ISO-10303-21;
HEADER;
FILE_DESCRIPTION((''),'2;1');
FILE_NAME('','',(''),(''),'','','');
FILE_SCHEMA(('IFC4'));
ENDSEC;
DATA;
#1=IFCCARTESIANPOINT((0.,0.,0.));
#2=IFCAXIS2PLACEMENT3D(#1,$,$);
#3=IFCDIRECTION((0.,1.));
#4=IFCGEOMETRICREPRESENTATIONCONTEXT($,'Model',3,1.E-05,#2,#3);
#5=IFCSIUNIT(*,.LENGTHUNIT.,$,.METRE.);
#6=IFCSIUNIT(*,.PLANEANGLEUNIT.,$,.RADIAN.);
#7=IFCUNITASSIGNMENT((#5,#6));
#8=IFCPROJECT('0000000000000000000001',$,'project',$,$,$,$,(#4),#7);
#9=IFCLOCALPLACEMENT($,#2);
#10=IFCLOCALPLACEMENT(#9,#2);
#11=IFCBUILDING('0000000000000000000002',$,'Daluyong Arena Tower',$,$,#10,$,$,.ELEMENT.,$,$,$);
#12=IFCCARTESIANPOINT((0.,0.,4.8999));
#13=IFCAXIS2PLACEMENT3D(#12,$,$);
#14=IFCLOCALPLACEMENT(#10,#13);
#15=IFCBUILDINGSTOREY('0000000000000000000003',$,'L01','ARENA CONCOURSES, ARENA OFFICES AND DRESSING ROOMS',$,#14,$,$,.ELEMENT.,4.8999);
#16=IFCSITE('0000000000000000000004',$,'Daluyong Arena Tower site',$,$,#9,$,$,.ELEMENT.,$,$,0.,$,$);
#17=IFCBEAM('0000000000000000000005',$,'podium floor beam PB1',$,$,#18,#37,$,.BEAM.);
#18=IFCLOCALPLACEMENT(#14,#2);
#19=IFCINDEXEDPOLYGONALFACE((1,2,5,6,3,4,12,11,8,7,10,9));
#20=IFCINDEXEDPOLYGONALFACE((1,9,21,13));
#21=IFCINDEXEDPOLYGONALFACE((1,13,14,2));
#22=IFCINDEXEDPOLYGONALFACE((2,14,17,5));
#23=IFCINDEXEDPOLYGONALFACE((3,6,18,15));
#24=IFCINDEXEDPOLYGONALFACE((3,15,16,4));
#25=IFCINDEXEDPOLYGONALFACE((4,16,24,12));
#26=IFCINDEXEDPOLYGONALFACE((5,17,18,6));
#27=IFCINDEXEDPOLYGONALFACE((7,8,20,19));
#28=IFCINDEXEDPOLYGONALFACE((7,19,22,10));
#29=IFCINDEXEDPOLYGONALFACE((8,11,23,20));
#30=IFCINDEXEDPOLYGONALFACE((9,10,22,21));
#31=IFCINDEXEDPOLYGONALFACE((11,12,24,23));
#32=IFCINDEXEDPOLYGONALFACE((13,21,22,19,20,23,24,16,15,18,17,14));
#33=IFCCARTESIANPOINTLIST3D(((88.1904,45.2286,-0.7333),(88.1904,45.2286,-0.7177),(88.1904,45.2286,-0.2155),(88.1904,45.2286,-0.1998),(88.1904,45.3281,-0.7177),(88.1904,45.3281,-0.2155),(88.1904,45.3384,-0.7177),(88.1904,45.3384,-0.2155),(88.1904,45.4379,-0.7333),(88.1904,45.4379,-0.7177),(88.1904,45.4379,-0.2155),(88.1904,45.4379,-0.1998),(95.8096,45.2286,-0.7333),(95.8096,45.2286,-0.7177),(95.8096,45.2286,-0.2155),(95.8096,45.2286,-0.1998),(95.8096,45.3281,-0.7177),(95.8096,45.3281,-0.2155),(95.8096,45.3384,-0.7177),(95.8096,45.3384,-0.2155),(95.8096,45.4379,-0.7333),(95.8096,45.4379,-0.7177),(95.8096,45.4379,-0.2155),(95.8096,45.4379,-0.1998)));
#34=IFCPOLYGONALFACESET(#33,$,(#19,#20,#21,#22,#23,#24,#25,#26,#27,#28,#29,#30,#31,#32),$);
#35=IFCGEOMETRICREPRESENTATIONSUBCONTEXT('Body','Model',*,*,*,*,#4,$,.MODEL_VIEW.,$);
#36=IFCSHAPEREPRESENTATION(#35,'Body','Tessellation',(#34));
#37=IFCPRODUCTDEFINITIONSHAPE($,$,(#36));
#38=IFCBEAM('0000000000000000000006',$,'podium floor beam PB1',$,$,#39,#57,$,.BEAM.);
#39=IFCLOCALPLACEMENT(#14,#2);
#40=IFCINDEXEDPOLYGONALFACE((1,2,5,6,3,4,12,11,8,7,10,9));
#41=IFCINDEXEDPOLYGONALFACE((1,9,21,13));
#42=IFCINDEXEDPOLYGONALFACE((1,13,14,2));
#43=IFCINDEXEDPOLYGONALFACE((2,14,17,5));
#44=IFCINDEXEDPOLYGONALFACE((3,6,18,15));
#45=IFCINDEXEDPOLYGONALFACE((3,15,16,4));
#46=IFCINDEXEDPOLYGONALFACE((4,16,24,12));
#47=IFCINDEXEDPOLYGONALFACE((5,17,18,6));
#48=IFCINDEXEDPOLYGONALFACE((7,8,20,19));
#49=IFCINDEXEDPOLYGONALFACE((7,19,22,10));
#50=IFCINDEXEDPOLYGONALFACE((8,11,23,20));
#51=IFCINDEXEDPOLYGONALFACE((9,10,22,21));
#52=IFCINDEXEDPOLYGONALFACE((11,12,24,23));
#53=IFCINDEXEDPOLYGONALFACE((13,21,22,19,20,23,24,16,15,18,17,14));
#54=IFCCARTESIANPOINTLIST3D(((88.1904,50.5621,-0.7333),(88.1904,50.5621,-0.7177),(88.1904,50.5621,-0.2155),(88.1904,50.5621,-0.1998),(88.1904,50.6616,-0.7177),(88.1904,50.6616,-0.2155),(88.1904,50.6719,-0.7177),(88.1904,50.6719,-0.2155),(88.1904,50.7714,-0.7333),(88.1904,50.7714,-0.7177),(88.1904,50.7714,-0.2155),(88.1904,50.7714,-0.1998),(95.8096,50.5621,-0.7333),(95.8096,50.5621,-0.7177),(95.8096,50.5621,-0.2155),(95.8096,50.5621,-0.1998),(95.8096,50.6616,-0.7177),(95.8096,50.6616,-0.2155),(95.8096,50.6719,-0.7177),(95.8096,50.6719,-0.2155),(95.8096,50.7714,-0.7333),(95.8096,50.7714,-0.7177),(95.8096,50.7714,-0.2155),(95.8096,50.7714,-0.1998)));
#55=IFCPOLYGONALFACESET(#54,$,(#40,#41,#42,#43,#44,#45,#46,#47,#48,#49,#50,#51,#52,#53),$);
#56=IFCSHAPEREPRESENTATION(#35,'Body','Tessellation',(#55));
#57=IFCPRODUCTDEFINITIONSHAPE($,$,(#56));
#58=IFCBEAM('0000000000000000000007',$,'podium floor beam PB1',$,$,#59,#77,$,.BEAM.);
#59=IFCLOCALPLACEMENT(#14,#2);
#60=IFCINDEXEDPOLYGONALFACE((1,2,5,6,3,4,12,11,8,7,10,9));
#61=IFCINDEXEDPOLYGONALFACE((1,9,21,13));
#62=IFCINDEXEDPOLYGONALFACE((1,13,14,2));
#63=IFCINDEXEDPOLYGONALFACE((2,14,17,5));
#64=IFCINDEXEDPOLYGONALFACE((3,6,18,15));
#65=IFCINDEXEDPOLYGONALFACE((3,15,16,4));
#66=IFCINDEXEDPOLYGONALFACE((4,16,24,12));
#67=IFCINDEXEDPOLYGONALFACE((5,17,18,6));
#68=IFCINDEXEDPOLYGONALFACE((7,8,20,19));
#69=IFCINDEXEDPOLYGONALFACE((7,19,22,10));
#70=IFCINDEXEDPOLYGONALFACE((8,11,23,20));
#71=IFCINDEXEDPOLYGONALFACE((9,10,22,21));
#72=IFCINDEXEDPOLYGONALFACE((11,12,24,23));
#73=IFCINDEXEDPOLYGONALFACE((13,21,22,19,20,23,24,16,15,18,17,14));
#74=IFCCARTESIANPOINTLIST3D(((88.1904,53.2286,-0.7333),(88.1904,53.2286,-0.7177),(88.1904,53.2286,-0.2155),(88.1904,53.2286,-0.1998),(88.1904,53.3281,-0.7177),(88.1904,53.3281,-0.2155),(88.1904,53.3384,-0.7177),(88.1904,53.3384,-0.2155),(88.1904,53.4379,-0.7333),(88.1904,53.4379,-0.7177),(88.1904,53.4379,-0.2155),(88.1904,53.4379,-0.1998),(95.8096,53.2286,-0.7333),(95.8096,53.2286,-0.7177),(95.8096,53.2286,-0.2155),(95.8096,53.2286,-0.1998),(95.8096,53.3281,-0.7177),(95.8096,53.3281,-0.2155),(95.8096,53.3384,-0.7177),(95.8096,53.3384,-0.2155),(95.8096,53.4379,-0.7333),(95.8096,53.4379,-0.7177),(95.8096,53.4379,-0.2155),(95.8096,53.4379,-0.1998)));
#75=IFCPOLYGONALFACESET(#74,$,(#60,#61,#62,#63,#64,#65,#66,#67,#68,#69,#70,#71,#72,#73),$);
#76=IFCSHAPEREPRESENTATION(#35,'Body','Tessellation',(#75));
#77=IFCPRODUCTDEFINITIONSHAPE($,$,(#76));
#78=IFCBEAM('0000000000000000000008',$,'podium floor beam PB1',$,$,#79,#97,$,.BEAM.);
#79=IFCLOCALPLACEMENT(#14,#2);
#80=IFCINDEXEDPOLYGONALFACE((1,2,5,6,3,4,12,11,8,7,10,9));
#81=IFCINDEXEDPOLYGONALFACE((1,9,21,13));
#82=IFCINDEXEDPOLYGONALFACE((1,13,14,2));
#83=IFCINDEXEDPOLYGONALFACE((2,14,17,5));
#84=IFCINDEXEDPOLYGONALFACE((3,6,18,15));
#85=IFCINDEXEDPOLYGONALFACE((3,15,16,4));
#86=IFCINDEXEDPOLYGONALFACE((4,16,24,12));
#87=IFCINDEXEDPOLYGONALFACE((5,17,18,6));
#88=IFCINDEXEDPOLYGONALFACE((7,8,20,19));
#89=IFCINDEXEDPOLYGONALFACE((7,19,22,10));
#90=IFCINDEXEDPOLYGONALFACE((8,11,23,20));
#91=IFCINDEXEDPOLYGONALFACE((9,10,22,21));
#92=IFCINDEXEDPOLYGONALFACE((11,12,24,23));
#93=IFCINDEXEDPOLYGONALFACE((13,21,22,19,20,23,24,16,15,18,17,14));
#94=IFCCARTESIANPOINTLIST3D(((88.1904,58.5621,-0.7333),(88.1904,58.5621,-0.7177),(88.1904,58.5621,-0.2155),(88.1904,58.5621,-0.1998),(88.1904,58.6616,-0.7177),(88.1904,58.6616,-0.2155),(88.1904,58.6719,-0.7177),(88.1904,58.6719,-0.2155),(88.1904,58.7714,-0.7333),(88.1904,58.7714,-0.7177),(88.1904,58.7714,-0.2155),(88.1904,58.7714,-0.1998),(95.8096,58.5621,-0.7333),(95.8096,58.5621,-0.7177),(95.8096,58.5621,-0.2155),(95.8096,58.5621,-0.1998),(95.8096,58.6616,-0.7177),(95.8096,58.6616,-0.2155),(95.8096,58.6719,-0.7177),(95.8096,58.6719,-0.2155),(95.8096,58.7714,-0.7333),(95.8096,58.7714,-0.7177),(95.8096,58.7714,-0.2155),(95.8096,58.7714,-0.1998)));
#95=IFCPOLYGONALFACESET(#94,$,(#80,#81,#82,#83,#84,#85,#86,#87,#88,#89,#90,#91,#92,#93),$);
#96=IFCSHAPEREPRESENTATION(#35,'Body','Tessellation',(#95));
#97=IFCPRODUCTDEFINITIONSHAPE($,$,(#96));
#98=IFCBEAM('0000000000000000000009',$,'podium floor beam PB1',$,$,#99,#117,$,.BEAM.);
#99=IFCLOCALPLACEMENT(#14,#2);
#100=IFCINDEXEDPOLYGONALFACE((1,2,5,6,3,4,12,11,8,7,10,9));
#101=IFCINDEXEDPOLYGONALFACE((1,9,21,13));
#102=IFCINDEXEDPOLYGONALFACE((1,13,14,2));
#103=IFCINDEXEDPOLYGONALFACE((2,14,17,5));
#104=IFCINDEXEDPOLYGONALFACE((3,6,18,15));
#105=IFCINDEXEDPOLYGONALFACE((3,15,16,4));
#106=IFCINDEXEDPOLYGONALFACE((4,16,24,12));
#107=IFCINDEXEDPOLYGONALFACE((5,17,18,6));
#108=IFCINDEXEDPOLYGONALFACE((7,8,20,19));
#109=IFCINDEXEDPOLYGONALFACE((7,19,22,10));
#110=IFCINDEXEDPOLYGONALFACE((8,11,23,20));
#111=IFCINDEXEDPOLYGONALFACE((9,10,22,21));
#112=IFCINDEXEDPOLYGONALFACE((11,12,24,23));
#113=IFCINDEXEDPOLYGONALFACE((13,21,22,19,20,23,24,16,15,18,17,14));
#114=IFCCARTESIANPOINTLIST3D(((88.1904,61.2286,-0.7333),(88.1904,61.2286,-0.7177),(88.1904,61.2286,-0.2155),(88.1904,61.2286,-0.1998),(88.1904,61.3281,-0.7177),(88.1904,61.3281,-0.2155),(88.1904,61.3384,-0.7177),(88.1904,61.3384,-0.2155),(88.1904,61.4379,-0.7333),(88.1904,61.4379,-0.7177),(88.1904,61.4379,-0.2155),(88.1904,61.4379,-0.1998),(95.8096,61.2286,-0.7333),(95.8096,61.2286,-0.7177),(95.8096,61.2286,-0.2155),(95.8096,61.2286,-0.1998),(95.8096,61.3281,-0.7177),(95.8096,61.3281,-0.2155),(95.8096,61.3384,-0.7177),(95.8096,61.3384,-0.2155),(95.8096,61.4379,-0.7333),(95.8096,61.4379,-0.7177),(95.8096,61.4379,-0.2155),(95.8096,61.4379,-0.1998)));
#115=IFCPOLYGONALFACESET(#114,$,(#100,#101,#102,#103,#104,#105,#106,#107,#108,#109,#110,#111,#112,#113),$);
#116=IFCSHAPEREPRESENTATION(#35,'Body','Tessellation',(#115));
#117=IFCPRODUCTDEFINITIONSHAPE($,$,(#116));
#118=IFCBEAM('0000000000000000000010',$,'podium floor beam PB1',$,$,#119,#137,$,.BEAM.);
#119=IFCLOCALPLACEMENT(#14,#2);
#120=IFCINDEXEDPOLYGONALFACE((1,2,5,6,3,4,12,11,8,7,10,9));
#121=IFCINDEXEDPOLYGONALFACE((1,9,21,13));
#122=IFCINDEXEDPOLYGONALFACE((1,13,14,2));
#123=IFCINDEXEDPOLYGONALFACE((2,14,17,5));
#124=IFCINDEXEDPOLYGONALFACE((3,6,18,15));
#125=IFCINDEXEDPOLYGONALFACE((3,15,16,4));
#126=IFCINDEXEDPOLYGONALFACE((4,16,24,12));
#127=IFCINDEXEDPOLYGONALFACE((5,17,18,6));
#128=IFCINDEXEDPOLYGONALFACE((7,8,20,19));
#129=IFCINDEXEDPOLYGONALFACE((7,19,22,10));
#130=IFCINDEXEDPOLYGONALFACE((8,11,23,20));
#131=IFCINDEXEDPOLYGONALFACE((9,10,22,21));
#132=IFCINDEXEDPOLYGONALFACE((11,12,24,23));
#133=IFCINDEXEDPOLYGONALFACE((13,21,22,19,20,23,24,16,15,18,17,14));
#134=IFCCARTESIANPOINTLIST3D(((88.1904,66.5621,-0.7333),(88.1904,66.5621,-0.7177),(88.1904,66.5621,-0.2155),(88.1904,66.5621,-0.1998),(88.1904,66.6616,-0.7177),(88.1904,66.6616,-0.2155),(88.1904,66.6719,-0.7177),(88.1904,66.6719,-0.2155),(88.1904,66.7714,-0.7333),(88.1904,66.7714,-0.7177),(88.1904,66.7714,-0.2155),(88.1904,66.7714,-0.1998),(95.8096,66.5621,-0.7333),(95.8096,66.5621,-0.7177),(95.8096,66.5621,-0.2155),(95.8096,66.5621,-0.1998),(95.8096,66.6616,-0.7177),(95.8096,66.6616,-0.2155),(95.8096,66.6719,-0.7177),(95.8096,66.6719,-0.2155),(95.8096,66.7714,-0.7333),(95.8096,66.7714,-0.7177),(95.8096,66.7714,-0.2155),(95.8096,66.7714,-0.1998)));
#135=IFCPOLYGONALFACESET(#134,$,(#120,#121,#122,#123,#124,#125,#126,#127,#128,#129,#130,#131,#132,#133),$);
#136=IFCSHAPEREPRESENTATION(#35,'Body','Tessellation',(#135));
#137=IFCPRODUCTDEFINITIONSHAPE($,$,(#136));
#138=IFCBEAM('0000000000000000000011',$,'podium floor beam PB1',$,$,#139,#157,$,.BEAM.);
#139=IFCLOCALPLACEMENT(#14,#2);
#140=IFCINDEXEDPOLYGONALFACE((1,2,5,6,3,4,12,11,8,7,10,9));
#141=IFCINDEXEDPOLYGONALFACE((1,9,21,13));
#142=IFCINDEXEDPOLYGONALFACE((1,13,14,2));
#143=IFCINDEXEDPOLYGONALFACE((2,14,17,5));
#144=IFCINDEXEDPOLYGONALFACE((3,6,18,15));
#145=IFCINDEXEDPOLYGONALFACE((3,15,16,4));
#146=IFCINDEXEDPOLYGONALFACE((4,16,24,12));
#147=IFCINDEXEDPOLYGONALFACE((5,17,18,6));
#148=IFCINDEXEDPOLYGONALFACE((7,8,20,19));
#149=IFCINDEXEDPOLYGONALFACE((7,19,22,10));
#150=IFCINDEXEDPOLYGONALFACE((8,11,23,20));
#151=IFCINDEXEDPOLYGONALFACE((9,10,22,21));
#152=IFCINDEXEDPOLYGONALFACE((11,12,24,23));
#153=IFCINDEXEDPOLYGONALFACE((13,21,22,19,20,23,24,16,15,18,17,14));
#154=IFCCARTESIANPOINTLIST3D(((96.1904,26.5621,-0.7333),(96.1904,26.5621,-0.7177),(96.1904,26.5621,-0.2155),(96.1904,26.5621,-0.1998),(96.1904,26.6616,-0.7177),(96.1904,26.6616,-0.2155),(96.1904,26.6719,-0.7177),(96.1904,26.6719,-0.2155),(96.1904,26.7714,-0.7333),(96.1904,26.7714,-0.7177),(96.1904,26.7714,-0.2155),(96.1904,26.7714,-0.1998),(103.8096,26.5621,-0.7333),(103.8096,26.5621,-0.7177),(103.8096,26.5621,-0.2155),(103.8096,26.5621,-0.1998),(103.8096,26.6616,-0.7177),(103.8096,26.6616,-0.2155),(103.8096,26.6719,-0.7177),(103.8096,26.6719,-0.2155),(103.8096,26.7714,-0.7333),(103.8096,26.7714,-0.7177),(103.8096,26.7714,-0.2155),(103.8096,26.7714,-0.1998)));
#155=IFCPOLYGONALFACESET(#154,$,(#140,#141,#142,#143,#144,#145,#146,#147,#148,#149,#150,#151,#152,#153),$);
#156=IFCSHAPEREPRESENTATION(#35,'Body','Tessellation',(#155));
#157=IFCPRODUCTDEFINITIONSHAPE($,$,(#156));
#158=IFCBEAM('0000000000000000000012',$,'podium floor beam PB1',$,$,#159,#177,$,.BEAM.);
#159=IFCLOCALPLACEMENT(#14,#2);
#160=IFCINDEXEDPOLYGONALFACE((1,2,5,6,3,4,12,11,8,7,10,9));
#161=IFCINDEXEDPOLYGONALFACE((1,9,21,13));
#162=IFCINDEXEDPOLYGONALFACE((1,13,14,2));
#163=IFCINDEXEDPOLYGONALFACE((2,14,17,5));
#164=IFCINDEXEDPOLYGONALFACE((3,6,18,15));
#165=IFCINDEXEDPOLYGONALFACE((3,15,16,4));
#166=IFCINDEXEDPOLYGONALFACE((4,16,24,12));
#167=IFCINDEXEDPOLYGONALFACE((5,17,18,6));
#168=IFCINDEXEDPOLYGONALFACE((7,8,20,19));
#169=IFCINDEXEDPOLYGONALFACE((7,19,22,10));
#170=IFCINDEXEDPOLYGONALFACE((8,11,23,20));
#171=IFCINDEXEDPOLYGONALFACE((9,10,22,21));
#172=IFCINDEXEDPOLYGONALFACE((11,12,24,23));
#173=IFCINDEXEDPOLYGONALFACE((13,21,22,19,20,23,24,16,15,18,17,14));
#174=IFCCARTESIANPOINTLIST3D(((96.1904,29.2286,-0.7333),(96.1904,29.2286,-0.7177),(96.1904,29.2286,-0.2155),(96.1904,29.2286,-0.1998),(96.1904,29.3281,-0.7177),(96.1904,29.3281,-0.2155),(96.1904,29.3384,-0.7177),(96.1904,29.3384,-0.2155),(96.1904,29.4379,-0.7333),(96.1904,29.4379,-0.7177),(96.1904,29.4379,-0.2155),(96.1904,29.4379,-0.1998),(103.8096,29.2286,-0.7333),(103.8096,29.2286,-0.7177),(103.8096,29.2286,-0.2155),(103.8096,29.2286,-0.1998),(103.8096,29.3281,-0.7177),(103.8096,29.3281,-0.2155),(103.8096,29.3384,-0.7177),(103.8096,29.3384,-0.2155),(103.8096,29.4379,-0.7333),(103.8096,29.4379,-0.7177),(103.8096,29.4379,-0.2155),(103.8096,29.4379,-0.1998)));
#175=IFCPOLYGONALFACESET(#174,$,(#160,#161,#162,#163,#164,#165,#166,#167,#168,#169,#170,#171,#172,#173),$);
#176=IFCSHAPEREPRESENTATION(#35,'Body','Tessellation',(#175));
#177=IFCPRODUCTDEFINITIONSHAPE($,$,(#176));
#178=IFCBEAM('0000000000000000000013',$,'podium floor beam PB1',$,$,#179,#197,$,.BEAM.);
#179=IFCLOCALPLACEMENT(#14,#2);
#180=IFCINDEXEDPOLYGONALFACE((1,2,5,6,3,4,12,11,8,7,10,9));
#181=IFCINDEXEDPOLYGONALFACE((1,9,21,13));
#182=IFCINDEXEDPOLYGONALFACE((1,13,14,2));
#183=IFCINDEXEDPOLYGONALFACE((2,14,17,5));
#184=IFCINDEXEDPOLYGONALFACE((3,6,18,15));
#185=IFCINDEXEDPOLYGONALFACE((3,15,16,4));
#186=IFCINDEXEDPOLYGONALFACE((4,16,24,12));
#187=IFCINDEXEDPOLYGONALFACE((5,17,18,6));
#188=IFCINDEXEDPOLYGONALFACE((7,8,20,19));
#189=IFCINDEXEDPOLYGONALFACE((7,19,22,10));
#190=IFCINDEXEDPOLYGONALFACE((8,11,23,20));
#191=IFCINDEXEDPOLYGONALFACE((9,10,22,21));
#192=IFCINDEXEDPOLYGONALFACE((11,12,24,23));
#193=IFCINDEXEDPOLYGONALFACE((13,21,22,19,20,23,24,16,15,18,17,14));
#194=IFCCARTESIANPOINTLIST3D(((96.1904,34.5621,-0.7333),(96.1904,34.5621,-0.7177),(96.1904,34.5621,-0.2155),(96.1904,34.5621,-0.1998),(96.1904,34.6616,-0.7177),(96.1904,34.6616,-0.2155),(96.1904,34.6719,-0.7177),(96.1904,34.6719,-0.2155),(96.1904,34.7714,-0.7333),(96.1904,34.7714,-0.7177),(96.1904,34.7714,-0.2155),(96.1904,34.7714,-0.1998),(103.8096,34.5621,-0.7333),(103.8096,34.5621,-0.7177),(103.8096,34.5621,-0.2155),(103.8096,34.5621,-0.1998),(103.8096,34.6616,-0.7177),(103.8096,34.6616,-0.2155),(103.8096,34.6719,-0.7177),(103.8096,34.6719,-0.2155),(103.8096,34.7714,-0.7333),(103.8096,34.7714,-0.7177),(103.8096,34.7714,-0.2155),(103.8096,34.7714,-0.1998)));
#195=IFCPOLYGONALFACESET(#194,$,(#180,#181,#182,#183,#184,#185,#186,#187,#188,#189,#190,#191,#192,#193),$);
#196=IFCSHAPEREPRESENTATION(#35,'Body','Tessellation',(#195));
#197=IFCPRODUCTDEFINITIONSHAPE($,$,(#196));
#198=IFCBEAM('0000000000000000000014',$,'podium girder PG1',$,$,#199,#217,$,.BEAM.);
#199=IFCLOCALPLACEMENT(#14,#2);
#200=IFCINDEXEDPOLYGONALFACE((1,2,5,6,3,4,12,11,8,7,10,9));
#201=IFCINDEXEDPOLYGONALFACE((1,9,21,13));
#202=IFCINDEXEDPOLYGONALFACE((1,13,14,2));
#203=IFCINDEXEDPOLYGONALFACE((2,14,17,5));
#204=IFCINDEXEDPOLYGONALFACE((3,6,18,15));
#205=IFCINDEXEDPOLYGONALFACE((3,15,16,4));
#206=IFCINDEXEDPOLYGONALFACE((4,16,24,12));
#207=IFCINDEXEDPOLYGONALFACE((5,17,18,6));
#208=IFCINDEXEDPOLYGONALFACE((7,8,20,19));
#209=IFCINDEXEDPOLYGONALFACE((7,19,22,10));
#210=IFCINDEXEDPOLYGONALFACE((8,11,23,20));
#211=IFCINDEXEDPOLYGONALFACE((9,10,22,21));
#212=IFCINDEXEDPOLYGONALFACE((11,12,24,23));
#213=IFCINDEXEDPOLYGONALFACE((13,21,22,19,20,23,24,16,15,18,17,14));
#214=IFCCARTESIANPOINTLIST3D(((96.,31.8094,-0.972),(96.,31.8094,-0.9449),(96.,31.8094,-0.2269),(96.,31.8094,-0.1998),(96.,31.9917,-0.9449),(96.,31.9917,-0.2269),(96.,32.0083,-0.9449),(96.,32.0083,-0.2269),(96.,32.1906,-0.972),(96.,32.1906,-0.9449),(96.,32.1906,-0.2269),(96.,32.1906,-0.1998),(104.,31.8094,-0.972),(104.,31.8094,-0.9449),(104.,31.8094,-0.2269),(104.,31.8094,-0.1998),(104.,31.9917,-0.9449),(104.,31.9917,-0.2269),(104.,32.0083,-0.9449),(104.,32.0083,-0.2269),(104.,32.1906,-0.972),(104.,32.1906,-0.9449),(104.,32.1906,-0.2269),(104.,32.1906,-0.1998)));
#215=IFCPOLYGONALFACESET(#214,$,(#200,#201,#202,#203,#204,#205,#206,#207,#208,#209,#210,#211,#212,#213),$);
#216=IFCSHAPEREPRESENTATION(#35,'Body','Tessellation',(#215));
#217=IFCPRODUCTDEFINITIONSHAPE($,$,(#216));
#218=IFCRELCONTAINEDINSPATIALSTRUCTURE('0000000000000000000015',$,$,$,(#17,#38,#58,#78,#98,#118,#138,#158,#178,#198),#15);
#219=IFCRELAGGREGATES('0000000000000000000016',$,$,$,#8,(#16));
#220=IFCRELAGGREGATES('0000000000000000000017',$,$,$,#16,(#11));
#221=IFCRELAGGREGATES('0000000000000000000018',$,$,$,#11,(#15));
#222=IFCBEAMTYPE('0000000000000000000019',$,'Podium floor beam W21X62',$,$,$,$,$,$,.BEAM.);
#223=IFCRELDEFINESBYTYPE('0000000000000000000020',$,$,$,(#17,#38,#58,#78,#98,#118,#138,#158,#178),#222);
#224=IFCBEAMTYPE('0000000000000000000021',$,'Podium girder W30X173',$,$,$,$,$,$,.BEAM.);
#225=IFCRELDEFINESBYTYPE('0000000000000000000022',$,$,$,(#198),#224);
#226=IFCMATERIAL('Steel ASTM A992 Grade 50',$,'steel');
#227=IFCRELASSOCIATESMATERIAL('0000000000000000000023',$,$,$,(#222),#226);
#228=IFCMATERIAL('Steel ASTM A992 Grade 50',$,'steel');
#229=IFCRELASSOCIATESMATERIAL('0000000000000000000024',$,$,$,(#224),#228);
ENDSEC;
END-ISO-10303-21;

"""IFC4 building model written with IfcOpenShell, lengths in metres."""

from ifc_helpers import new_model, si_unit, direction, frame, origin, origin_2d, place, context, subcontext, project, spatial, i_section, extrude, material, material_profile, profile_set, type_object, element, save


model = new_model("IFC4")

# Units and contexts
model_context = context("Model", 3, precision=1e-05, world=origin(), true_north=direction((0.0, 1.0)))
body_context = subcontext(model_context, "Body", "Model", "MODEL_VIEW")
ifc_project = project(units=[si_unit("LENGTHUNIT", "METRE"), si_unit("PLANEANGLEUNIT", "RADIAN")], contexts=[model_context])

# Site, building, storey
site_placement = place(None, origin())
site = spatial("IfcSite", under=ifc_project, at=site_placement, Name="Daluyong Arena Tower site", CompositionType="ELEMENT", RefElevation=0.0)
building_placement = place(site_placement, origin())
building = spatial("IfcBuilding", under=site, at=building_placement, Name="Daluyong Arena Tower", CompositionType="ELEMENT")
storey_placement = place(building_placement, frame((0.0, 0.0, 4.8999)))
storey = spatial("IfcBuildingStorey", under=building, at=storey_placement, Name="L01", Description="ARENA CONCOURSES, ARENA OFFICES AND DRESSING ROOMS", CompositionType="ELEMENT", Elevation=4.8999)

# Beams
ifc_material_1 = material(Name="Steel ASTM A992 Grade 50", Category="steel")
ifc_material_profile_1 = material_profile(ifc_material_1, i_section(OverallWidth=0.2092, OverallDepth=0.5334, WebThickness=0.0103, FlangeThickness=0.0156, at=origin_2d()))
ifc_profile_set_1 = profile_set([ifc_material_profile_1], Name="Steel ASTM A992 Grade 50")
beam_type_1 = type_object("IfcBeamType", Name="Podium floor beam W21X62", PredefinedType="BEAM", material=ifc_profile_set_1)
for number, where, z_axis, x_axis, name in (
    (1, (88.1904, 45.3333, -0.4666), (1.0, 0.0, 0.0), (0.0, 1.0, 0.0), "podium floor beam PB1"),
    (2, (88.1904, 50.6667, -0.4666), (1.0, 0.0, 0.0), (0.0, 1.0, 0.0), "podium floor beam PB1"),
    (3, (88.1904, 53.3333, -0.4666), (1.0, 0.0, 0.0), (0.0, 1.0, 0.0), "podium floor beam PB1"),
    (4, (88.1904, 58.6667, -0.4666), (1.0, 0.0, 0.0), (0.0, 1.0, 0.0), "podium floor beam PB1"),
    (5, (88.1904, 61.3333, -0.4666), (1.0, 0.0, 0.0), (0.0, 1.0, 0.0), "podium floor beam PB1"),
    (6, (88.1904, 66.6667, -0.4666), (1.0, 0.0, 0.0), (0.0, 1.0, 0.0), "podium floor beam PB1"),
    (7, (96.1904, 26.6667, -0.4666), (1.0, 0.0, 0.0), (0.0, 1.0, 0.0), "podium floor beam PB1"),
    (8, (96.1904, 29.3333, -0.4666), (1.0, 0.0, 0.0), (0.0, 1.0, 0.0), "podium floor beam PB1"),
    (9, (96.1904, 34.6667, -0.4666), (1.0, 0.0, 0.0), (0.0, 1.0, 0.0), "podium floor beam PB1"),
):
    element("IfcBeam", number, at=place(storey_placement, frame(where, z_axis=z_axis, x_axis=x_axis)), inside=storey, type_object=beam_type_1, Name=name, PredefinedType="BEAM", context=body_context, shape_type="SweptSolid", body=[
        extrude(i_section(OverallWidth=0.2092, OverallDepth=0.5334, WebThickness=0.0103, FlangeThickness=0.0156, at=origin_2d()), origin(), (0.0, 0.0, 1.0), 7.6191),
    ])
ifc_material_2 = material(Name="Steel ASTM A992 Grade 50", Category="steel")
ifc_material_profile_2 = material_profile(ifc_material_2, i_section(OverallWidth=0.3811, OverallDepth=0.7722, WebThickness=0.0166, FlangeThickness=0.0271, at=origin_2d()))
ifc_profile_set_2 = profile_set([ifc_material_profile_2], Name="Steel ASTM A992 Grade 50")
beam_type_2 = type_object("IfcBeamType", Name="Podium girder W30X173", PredefinedType="BEAM", material=ifc_profile_set_2)
for number, where, z_axis, x_axis, name in (
    (10, (96.0, 32.0, -0.5859), (1.0, 0.0, 0.0), (0.0, 1.0, 0.0), "podium girder PG1"),
):
    element("IfcBeam", number, at=place(storey_placement, frame(where, z_axis=z_axis, x_axis=x_axis)), inside=storey, type_object=beam_type_2, Name=name, PredefinedType="BEAM", context=body_context, shape_type="SweptSolid", body=[
        extrude(i_section(OverallWidth=0.3811, OverallDepth=0.7722, WebThickness=0.0166, FlangeThickness=0.0271, at=origin_2d()), origin(), (0.0, 0.0, 1.0), 8.0),
    ])

save(model, "model.ifc")
